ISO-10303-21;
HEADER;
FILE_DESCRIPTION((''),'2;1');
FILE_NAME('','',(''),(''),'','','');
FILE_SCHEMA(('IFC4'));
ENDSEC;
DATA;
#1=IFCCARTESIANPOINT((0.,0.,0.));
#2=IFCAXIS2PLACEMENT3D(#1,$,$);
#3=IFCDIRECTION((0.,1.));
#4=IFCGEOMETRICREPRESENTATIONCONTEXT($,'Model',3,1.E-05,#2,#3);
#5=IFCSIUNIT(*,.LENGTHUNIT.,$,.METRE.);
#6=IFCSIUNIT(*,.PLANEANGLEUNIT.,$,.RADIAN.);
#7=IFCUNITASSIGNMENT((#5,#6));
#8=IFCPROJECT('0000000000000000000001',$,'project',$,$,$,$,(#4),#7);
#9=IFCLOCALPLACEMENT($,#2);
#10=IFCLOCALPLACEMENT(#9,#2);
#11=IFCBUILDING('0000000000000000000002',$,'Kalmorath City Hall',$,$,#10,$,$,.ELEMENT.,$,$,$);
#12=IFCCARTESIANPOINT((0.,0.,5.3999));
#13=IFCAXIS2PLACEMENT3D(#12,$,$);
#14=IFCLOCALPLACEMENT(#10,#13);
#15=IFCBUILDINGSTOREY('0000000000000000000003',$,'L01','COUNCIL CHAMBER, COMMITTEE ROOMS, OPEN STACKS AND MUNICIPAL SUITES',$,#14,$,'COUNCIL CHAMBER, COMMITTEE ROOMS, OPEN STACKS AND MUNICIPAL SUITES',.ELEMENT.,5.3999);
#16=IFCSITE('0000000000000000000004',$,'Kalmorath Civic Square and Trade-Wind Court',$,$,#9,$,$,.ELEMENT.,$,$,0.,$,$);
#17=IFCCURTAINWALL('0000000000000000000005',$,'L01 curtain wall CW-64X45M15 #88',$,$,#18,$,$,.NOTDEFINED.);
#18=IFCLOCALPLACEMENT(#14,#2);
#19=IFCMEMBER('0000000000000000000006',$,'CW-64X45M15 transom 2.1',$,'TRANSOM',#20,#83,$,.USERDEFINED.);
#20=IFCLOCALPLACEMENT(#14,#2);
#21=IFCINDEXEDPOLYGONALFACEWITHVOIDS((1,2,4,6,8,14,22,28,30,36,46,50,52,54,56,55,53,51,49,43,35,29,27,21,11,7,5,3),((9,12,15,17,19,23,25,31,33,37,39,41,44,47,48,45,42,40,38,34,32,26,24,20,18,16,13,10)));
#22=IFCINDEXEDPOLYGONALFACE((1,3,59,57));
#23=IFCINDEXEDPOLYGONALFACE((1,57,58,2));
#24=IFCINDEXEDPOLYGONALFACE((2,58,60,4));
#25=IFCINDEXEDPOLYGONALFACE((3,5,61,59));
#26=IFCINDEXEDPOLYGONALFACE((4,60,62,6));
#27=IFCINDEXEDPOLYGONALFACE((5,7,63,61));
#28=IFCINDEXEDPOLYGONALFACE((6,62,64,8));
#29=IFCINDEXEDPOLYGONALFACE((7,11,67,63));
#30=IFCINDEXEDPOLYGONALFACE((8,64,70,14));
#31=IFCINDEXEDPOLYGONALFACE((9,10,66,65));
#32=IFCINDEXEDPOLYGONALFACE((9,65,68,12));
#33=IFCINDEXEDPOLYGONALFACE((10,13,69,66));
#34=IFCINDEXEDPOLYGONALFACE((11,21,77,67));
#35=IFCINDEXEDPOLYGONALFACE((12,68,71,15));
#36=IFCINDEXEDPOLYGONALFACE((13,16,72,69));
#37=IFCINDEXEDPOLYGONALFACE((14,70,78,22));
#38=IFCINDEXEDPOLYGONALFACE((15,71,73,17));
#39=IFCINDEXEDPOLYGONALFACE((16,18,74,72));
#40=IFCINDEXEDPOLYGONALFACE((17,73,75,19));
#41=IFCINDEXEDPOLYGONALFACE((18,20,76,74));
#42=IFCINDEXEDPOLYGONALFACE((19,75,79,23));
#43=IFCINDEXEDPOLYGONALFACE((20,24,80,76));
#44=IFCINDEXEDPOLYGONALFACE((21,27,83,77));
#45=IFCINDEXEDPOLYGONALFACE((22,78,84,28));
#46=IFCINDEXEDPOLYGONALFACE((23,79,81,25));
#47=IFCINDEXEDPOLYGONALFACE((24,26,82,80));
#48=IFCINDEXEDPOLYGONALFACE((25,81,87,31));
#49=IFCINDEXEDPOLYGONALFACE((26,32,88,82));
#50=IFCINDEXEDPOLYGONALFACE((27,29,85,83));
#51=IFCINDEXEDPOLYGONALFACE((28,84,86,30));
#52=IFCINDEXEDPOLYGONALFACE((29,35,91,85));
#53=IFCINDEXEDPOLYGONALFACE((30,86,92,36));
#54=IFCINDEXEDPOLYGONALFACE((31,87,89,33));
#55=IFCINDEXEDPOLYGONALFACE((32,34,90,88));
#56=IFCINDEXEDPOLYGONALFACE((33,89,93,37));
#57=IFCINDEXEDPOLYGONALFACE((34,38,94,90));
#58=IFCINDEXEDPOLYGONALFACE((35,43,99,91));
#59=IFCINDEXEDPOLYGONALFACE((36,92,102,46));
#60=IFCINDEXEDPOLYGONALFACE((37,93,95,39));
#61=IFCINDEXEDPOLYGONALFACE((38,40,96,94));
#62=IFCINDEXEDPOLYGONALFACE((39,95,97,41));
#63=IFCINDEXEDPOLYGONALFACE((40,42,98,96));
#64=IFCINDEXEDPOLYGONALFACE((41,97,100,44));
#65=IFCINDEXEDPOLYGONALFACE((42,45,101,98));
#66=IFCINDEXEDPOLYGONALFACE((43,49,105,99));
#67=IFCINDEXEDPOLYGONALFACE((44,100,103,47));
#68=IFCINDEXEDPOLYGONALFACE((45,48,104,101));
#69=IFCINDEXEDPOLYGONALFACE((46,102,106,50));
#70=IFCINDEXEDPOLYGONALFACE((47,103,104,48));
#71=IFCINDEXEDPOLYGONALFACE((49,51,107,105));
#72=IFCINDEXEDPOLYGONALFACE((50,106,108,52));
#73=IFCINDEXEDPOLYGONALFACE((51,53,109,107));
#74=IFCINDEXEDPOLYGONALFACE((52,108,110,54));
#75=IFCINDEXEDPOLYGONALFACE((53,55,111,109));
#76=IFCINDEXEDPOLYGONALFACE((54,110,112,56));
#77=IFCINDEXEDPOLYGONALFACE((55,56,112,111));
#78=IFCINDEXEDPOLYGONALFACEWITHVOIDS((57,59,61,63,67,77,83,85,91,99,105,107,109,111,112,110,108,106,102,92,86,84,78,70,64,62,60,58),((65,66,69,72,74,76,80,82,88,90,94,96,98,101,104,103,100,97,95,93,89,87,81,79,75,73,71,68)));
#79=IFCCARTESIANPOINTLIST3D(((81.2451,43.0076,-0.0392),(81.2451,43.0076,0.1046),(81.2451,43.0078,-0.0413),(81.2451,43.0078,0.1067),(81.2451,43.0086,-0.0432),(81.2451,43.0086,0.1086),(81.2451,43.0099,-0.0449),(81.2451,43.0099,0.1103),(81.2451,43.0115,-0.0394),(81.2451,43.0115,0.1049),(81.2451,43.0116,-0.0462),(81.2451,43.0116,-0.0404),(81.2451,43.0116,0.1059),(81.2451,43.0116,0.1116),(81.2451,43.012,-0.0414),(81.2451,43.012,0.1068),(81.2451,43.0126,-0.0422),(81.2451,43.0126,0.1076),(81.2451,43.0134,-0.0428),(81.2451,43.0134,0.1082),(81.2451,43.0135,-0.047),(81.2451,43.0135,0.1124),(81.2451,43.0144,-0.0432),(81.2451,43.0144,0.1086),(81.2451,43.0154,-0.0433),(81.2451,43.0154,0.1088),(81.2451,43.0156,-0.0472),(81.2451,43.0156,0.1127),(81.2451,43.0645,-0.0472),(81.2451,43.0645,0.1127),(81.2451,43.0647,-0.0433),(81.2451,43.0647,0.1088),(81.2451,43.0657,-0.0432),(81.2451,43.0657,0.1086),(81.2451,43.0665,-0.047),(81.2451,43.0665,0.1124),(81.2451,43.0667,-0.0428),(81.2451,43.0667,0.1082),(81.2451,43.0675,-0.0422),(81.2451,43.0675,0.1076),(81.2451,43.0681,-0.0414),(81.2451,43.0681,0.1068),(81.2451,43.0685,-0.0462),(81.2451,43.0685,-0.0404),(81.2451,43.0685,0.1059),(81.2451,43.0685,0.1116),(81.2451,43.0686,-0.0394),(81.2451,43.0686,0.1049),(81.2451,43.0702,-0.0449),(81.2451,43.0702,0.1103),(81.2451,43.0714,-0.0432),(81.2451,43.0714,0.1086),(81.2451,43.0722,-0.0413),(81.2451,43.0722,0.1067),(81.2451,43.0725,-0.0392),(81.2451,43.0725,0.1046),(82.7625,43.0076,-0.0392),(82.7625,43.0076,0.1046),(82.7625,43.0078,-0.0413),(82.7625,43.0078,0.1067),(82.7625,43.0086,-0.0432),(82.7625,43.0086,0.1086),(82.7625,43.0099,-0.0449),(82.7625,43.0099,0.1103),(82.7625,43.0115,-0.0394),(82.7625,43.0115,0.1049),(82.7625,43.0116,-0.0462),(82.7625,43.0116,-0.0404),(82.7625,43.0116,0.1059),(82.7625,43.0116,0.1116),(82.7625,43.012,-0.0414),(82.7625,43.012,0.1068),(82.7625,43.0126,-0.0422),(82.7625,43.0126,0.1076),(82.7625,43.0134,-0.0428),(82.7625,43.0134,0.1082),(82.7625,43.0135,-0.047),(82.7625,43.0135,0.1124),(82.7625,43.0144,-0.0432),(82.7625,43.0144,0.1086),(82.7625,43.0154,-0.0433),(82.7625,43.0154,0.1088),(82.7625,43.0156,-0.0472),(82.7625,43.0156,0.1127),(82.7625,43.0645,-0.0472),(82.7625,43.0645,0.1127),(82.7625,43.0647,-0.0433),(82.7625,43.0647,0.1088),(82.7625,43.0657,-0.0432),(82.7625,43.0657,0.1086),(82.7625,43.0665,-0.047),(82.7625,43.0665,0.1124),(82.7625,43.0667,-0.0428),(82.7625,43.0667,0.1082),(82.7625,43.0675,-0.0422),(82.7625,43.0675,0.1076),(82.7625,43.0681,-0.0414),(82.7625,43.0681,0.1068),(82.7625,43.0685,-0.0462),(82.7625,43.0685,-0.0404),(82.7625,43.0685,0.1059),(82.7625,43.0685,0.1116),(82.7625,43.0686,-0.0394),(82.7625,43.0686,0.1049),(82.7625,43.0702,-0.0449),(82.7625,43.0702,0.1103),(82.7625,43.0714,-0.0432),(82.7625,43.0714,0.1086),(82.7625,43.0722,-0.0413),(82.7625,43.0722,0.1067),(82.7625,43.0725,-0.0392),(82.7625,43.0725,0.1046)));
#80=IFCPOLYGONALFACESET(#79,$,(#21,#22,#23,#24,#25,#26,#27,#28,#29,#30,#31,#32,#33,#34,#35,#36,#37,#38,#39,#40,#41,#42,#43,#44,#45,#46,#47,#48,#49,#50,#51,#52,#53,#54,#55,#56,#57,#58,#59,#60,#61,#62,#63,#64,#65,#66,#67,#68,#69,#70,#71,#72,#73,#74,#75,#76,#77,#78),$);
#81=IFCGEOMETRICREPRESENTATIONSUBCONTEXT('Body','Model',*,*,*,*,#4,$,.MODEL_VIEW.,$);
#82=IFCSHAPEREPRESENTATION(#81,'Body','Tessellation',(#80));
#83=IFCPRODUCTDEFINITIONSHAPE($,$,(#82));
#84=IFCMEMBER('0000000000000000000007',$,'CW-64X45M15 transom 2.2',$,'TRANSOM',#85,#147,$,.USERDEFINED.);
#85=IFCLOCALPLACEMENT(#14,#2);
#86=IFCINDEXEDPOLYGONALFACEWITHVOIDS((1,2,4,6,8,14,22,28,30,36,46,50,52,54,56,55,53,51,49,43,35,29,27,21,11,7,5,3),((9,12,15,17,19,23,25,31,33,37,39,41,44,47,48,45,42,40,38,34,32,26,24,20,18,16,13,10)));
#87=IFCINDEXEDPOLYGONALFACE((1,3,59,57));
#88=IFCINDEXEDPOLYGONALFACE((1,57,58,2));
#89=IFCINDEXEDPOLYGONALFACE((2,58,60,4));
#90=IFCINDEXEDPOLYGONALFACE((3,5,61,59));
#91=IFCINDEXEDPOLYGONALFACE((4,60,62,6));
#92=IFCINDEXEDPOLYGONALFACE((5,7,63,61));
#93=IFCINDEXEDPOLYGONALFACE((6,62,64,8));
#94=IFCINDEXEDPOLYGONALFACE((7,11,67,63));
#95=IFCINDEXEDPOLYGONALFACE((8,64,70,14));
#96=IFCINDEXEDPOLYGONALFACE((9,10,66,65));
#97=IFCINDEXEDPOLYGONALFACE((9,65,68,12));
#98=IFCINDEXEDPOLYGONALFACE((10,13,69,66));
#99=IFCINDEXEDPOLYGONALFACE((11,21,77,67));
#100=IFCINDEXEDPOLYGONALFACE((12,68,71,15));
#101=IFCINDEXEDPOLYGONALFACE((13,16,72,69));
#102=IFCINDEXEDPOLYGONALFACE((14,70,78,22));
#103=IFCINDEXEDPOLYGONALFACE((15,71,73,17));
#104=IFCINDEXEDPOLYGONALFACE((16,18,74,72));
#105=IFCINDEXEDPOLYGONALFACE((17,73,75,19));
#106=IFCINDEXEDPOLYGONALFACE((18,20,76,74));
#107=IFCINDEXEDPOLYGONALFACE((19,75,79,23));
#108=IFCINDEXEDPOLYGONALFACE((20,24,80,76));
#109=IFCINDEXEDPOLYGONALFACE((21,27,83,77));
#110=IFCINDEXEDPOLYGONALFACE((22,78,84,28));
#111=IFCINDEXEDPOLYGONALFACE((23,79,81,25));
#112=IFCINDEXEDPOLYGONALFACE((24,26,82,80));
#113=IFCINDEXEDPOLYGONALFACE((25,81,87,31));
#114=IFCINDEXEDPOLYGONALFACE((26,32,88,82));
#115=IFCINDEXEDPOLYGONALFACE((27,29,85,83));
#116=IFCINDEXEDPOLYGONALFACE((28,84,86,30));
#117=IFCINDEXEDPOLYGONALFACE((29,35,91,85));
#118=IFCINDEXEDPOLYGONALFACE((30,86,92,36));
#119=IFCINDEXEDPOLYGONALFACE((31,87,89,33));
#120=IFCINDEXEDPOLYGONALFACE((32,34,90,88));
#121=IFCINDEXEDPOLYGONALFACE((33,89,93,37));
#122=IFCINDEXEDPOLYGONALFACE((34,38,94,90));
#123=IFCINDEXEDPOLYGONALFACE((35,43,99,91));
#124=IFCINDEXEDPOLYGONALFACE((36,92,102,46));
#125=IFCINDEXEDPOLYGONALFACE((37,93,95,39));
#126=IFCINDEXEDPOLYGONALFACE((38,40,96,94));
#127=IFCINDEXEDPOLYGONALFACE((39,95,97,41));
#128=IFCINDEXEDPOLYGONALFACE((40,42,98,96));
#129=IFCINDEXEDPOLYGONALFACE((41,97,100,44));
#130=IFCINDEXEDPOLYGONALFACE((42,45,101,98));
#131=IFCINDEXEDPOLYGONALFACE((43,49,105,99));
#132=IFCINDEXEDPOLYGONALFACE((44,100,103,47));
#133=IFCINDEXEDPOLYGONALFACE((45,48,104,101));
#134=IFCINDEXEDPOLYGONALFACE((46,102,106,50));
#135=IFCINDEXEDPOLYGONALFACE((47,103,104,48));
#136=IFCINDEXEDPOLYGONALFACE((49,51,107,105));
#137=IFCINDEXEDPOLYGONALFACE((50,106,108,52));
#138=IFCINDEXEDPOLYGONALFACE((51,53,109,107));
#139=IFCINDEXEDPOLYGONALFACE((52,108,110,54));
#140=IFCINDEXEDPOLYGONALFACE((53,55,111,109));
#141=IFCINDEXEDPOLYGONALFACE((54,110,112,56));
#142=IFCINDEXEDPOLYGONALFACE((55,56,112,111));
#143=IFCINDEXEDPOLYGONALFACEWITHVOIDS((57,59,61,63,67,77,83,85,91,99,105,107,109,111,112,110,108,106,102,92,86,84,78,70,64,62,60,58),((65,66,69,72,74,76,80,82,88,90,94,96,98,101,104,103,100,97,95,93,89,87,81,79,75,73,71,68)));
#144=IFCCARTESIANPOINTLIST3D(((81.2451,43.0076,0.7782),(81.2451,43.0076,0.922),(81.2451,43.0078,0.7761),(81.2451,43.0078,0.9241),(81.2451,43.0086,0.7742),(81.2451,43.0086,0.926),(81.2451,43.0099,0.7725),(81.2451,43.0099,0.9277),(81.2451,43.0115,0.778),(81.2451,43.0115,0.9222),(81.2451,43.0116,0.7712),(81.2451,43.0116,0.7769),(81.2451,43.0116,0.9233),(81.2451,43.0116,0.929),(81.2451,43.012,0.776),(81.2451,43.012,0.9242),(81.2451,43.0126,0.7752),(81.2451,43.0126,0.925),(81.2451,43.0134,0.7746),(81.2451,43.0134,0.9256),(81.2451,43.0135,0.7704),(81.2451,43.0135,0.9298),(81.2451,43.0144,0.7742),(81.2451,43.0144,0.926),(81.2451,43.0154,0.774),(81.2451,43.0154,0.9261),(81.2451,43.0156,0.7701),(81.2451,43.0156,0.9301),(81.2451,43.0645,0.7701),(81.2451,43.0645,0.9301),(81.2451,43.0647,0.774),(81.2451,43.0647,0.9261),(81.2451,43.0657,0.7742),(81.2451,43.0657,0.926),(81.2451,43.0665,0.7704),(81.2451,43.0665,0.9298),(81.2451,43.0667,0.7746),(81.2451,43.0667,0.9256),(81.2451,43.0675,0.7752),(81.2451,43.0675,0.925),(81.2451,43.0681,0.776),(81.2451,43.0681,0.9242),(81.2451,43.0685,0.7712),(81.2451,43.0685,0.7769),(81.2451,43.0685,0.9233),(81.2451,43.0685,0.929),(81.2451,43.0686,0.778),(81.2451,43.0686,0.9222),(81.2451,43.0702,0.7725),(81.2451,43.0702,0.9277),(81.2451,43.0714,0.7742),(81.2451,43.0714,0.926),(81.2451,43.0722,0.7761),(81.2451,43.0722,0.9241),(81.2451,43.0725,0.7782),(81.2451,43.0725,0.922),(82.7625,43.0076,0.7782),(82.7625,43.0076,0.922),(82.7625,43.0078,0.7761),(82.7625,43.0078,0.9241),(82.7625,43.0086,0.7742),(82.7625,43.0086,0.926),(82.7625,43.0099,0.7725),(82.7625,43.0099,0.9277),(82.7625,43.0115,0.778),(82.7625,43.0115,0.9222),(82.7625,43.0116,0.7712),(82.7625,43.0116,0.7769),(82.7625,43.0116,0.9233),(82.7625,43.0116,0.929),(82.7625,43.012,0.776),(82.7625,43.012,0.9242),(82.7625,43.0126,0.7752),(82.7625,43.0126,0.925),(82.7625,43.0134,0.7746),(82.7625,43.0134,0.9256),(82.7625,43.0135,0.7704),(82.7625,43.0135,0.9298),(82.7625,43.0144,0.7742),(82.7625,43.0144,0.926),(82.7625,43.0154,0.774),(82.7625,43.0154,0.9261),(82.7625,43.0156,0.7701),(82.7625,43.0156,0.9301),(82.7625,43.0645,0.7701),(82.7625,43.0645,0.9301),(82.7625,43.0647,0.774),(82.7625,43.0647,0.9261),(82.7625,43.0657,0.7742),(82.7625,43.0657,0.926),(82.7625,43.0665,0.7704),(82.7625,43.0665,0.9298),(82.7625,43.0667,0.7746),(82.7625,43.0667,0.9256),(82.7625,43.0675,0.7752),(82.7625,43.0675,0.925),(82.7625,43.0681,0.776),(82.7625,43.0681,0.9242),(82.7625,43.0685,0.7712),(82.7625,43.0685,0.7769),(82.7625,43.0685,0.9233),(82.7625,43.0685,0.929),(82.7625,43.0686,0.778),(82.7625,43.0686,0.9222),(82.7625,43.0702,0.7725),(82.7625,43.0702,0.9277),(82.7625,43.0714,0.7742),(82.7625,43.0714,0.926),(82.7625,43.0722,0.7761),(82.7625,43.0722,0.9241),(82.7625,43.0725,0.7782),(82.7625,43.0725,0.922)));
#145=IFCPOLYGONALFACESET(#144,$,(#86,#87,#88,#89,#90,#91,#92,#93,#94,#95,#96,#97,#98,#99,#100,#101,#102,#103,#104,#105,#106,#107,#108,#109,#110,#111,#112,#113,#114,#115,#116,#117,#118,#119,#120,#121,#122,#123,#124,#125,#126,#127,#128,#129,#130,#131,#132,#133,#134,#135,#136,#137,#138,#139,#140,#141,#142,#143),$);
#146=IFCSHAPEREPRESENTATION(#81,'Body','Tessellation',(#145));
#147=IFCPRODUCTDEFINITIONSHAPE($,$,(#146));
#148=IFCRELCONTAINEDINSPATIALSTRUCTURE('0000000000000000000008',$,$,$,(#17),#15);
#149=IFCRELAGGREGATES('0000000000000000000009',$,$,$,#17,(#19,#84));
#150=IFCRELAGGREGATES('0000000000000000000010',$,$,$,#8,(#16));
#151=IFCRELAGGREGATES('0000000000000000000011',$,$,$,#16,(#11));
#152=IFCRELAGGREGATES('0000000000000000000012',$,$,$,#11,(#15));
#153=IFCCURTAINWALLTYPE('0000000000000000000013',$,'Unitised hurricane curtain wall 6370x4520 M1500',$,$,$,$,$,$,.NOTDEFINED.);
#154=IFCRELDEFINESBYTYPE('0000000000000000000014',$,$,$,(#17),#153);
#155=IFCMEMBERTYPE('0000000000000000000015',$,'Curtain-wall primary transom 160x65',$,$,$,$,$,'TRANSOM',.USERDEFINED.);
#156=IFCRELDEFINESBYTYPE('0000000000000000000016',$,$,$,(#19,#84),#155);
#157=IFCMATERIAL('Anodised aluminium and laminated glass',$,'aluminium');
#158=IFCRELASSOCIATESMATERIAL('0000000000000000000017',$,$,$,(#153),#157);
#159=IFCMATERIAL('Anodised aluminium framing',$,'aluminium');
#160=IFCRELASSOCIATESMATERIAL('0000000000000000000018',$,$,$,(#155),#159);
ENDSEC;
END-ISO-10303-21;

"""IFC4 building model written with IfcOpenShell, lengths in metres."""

from ifc_helpers import new_model, si_unit, direction, frame, origin, origin_2d, place, context, subcontext, project, spatial, hollow_rectangle, extrude, material, material_profile, profile_set, type_object, element, aggregate, save


model = new_model("IFC4")

# Units and contexts
model_context = context("Model", 3, precision=1e-05, world=origin(), true_north=direction((0.0, 1.0)))
body_context = subcontext(model_context, "Body", "Model", "MODEL_VIEW")
ifc_project = project(units=[si_unit("LENGTHUNIT", "METRE"), si_unit("PLANEANGLEUNIT", "RADIAN")], contexts=[model_context])

# Site, building, storey
site_placement = place(None, origin())
site = spatial("IfcSite", under=ifc_project, at=site_placement, Name="Kalmorath Civic Square and Trade-Wind Court", CompositionType="ELEMENT", RefElevation=0.0)
building_placement = place(site_placement, origin())
building = spatial("IfcBuilding", under=site, at=building_placement, Name="Kalmorath City Hall", CompositionType="ELEMENT")
storey_placement = place(building_placement, frame((0.0, 0.0, 5.3999)))
storey = spatial("IfcBuildingStorey", under=building, at=storey_placement, Name="L01", Description="COUNCIL CHAMBER, COMMITTEE ROOMS, OPEN STACKS AND MUNICIPAL SUITES", LongName="COUNCIL CHAMBER, COMMITTEE ROOMS, OPEN STACKS AND MUNICIPAL SUITES", CompositionType="ELEMENT", Elevation=5.3999)

# Curtain wall, members
ifc_material_1 = material(Name="Anodised aluminium and laminated glass", Category="aluminium")
curtain_wall_type = type_object("IfcCurtainWallType", Name="Unitised hurricane curtain wall 6370x4520 M1500", PredefinedType="NOTDEFINED", material=ifc_material_1)
curtain_wall_placement = place(storey_placement, origin())
curtain_wall = element("IfcCurtainWall", 1, at=curtain_wall_placement, inside=storey, type_object=curtain_wall_type, Name="L01 curtain wall CW-64X45M15 #88", PredefinedType="NOTDEFINED")
ifc_material_2 = material(Name="Anodised aluminium framing", Category="aluminium")
ifc_material_profile_1 = material_profile(ifc_material_2, hollow_rectangle(XDim=0.0649, YDim=0.1599, WallThickness=0.0039, InnerFilletRadius=0.0039, OuterFilletRadius=0.0081, at=origin_2d()), Name="ALU-TRN-160X65X4")
ifc_profile_set_1 = profile_set([ifc_material_profile_1], Name="Anodised aluminium framing")
member_type_1 = type_object("IfcMemberType", Name="Curtain-wall primary transom 160x65", ElementType="TRANSOM", PredefinedType="USERDEFINED", material=ifc_profile_set_1)
member_1_placement = place(storey_placement, frame((81.2451, 43.04, 0.0327), z_axis=(1.0, 0.0, 0.0), x_axis=(0.0, 1.0, 0.0)))
member_1 = element("IfcMember", 2, at=member_1_placement, type_object=member_type_1, Name="CW-64X45M15 transom 2.1", ObjectType="TRANSOM", PredefinedType="USERDEFINED", context=body_context, shape_type="SweptSolid", body=[
    extrude(hollow_rectangle(XDim=0.0649, YDim=0.1599, WallThickness=0.0039, InnerFilletRadius=0.0039, OuterFilletRadius=0.0081, at=origin_2d()), origin(), (0.0, 0.0, 1.0), 1.5173),
])
member_2_placement = place(storey_placement, frame((81.2451, 43.04, 0.8501), z_axis=(1.0, 0.0, 0.0), x_axis=(0.0, 1.0, 0.0)))
member_2 = element("IfcMember", 3, at=member_2_placement, type_object=member_type_1, Name="CW-64X45M15 transom 2.2", ObjectType="TRANSOM", PredefinedType="USERDEFINED", context=body_context, shape_type="SweptSolid", body=[
    extrude(hollow_rectangle(XDim=0.0649, YDim=0.1599, WallThickness=0.0039, InnerFilletRadius=0.0039, OuterFilletRadius=0.0081, at=origin_2d()), origin(), (0.0, 0.0, 1.0), 1.5173),
])

aggregate(curtain_wall, [member_1, member_2])

save(model, "model.ifc")
